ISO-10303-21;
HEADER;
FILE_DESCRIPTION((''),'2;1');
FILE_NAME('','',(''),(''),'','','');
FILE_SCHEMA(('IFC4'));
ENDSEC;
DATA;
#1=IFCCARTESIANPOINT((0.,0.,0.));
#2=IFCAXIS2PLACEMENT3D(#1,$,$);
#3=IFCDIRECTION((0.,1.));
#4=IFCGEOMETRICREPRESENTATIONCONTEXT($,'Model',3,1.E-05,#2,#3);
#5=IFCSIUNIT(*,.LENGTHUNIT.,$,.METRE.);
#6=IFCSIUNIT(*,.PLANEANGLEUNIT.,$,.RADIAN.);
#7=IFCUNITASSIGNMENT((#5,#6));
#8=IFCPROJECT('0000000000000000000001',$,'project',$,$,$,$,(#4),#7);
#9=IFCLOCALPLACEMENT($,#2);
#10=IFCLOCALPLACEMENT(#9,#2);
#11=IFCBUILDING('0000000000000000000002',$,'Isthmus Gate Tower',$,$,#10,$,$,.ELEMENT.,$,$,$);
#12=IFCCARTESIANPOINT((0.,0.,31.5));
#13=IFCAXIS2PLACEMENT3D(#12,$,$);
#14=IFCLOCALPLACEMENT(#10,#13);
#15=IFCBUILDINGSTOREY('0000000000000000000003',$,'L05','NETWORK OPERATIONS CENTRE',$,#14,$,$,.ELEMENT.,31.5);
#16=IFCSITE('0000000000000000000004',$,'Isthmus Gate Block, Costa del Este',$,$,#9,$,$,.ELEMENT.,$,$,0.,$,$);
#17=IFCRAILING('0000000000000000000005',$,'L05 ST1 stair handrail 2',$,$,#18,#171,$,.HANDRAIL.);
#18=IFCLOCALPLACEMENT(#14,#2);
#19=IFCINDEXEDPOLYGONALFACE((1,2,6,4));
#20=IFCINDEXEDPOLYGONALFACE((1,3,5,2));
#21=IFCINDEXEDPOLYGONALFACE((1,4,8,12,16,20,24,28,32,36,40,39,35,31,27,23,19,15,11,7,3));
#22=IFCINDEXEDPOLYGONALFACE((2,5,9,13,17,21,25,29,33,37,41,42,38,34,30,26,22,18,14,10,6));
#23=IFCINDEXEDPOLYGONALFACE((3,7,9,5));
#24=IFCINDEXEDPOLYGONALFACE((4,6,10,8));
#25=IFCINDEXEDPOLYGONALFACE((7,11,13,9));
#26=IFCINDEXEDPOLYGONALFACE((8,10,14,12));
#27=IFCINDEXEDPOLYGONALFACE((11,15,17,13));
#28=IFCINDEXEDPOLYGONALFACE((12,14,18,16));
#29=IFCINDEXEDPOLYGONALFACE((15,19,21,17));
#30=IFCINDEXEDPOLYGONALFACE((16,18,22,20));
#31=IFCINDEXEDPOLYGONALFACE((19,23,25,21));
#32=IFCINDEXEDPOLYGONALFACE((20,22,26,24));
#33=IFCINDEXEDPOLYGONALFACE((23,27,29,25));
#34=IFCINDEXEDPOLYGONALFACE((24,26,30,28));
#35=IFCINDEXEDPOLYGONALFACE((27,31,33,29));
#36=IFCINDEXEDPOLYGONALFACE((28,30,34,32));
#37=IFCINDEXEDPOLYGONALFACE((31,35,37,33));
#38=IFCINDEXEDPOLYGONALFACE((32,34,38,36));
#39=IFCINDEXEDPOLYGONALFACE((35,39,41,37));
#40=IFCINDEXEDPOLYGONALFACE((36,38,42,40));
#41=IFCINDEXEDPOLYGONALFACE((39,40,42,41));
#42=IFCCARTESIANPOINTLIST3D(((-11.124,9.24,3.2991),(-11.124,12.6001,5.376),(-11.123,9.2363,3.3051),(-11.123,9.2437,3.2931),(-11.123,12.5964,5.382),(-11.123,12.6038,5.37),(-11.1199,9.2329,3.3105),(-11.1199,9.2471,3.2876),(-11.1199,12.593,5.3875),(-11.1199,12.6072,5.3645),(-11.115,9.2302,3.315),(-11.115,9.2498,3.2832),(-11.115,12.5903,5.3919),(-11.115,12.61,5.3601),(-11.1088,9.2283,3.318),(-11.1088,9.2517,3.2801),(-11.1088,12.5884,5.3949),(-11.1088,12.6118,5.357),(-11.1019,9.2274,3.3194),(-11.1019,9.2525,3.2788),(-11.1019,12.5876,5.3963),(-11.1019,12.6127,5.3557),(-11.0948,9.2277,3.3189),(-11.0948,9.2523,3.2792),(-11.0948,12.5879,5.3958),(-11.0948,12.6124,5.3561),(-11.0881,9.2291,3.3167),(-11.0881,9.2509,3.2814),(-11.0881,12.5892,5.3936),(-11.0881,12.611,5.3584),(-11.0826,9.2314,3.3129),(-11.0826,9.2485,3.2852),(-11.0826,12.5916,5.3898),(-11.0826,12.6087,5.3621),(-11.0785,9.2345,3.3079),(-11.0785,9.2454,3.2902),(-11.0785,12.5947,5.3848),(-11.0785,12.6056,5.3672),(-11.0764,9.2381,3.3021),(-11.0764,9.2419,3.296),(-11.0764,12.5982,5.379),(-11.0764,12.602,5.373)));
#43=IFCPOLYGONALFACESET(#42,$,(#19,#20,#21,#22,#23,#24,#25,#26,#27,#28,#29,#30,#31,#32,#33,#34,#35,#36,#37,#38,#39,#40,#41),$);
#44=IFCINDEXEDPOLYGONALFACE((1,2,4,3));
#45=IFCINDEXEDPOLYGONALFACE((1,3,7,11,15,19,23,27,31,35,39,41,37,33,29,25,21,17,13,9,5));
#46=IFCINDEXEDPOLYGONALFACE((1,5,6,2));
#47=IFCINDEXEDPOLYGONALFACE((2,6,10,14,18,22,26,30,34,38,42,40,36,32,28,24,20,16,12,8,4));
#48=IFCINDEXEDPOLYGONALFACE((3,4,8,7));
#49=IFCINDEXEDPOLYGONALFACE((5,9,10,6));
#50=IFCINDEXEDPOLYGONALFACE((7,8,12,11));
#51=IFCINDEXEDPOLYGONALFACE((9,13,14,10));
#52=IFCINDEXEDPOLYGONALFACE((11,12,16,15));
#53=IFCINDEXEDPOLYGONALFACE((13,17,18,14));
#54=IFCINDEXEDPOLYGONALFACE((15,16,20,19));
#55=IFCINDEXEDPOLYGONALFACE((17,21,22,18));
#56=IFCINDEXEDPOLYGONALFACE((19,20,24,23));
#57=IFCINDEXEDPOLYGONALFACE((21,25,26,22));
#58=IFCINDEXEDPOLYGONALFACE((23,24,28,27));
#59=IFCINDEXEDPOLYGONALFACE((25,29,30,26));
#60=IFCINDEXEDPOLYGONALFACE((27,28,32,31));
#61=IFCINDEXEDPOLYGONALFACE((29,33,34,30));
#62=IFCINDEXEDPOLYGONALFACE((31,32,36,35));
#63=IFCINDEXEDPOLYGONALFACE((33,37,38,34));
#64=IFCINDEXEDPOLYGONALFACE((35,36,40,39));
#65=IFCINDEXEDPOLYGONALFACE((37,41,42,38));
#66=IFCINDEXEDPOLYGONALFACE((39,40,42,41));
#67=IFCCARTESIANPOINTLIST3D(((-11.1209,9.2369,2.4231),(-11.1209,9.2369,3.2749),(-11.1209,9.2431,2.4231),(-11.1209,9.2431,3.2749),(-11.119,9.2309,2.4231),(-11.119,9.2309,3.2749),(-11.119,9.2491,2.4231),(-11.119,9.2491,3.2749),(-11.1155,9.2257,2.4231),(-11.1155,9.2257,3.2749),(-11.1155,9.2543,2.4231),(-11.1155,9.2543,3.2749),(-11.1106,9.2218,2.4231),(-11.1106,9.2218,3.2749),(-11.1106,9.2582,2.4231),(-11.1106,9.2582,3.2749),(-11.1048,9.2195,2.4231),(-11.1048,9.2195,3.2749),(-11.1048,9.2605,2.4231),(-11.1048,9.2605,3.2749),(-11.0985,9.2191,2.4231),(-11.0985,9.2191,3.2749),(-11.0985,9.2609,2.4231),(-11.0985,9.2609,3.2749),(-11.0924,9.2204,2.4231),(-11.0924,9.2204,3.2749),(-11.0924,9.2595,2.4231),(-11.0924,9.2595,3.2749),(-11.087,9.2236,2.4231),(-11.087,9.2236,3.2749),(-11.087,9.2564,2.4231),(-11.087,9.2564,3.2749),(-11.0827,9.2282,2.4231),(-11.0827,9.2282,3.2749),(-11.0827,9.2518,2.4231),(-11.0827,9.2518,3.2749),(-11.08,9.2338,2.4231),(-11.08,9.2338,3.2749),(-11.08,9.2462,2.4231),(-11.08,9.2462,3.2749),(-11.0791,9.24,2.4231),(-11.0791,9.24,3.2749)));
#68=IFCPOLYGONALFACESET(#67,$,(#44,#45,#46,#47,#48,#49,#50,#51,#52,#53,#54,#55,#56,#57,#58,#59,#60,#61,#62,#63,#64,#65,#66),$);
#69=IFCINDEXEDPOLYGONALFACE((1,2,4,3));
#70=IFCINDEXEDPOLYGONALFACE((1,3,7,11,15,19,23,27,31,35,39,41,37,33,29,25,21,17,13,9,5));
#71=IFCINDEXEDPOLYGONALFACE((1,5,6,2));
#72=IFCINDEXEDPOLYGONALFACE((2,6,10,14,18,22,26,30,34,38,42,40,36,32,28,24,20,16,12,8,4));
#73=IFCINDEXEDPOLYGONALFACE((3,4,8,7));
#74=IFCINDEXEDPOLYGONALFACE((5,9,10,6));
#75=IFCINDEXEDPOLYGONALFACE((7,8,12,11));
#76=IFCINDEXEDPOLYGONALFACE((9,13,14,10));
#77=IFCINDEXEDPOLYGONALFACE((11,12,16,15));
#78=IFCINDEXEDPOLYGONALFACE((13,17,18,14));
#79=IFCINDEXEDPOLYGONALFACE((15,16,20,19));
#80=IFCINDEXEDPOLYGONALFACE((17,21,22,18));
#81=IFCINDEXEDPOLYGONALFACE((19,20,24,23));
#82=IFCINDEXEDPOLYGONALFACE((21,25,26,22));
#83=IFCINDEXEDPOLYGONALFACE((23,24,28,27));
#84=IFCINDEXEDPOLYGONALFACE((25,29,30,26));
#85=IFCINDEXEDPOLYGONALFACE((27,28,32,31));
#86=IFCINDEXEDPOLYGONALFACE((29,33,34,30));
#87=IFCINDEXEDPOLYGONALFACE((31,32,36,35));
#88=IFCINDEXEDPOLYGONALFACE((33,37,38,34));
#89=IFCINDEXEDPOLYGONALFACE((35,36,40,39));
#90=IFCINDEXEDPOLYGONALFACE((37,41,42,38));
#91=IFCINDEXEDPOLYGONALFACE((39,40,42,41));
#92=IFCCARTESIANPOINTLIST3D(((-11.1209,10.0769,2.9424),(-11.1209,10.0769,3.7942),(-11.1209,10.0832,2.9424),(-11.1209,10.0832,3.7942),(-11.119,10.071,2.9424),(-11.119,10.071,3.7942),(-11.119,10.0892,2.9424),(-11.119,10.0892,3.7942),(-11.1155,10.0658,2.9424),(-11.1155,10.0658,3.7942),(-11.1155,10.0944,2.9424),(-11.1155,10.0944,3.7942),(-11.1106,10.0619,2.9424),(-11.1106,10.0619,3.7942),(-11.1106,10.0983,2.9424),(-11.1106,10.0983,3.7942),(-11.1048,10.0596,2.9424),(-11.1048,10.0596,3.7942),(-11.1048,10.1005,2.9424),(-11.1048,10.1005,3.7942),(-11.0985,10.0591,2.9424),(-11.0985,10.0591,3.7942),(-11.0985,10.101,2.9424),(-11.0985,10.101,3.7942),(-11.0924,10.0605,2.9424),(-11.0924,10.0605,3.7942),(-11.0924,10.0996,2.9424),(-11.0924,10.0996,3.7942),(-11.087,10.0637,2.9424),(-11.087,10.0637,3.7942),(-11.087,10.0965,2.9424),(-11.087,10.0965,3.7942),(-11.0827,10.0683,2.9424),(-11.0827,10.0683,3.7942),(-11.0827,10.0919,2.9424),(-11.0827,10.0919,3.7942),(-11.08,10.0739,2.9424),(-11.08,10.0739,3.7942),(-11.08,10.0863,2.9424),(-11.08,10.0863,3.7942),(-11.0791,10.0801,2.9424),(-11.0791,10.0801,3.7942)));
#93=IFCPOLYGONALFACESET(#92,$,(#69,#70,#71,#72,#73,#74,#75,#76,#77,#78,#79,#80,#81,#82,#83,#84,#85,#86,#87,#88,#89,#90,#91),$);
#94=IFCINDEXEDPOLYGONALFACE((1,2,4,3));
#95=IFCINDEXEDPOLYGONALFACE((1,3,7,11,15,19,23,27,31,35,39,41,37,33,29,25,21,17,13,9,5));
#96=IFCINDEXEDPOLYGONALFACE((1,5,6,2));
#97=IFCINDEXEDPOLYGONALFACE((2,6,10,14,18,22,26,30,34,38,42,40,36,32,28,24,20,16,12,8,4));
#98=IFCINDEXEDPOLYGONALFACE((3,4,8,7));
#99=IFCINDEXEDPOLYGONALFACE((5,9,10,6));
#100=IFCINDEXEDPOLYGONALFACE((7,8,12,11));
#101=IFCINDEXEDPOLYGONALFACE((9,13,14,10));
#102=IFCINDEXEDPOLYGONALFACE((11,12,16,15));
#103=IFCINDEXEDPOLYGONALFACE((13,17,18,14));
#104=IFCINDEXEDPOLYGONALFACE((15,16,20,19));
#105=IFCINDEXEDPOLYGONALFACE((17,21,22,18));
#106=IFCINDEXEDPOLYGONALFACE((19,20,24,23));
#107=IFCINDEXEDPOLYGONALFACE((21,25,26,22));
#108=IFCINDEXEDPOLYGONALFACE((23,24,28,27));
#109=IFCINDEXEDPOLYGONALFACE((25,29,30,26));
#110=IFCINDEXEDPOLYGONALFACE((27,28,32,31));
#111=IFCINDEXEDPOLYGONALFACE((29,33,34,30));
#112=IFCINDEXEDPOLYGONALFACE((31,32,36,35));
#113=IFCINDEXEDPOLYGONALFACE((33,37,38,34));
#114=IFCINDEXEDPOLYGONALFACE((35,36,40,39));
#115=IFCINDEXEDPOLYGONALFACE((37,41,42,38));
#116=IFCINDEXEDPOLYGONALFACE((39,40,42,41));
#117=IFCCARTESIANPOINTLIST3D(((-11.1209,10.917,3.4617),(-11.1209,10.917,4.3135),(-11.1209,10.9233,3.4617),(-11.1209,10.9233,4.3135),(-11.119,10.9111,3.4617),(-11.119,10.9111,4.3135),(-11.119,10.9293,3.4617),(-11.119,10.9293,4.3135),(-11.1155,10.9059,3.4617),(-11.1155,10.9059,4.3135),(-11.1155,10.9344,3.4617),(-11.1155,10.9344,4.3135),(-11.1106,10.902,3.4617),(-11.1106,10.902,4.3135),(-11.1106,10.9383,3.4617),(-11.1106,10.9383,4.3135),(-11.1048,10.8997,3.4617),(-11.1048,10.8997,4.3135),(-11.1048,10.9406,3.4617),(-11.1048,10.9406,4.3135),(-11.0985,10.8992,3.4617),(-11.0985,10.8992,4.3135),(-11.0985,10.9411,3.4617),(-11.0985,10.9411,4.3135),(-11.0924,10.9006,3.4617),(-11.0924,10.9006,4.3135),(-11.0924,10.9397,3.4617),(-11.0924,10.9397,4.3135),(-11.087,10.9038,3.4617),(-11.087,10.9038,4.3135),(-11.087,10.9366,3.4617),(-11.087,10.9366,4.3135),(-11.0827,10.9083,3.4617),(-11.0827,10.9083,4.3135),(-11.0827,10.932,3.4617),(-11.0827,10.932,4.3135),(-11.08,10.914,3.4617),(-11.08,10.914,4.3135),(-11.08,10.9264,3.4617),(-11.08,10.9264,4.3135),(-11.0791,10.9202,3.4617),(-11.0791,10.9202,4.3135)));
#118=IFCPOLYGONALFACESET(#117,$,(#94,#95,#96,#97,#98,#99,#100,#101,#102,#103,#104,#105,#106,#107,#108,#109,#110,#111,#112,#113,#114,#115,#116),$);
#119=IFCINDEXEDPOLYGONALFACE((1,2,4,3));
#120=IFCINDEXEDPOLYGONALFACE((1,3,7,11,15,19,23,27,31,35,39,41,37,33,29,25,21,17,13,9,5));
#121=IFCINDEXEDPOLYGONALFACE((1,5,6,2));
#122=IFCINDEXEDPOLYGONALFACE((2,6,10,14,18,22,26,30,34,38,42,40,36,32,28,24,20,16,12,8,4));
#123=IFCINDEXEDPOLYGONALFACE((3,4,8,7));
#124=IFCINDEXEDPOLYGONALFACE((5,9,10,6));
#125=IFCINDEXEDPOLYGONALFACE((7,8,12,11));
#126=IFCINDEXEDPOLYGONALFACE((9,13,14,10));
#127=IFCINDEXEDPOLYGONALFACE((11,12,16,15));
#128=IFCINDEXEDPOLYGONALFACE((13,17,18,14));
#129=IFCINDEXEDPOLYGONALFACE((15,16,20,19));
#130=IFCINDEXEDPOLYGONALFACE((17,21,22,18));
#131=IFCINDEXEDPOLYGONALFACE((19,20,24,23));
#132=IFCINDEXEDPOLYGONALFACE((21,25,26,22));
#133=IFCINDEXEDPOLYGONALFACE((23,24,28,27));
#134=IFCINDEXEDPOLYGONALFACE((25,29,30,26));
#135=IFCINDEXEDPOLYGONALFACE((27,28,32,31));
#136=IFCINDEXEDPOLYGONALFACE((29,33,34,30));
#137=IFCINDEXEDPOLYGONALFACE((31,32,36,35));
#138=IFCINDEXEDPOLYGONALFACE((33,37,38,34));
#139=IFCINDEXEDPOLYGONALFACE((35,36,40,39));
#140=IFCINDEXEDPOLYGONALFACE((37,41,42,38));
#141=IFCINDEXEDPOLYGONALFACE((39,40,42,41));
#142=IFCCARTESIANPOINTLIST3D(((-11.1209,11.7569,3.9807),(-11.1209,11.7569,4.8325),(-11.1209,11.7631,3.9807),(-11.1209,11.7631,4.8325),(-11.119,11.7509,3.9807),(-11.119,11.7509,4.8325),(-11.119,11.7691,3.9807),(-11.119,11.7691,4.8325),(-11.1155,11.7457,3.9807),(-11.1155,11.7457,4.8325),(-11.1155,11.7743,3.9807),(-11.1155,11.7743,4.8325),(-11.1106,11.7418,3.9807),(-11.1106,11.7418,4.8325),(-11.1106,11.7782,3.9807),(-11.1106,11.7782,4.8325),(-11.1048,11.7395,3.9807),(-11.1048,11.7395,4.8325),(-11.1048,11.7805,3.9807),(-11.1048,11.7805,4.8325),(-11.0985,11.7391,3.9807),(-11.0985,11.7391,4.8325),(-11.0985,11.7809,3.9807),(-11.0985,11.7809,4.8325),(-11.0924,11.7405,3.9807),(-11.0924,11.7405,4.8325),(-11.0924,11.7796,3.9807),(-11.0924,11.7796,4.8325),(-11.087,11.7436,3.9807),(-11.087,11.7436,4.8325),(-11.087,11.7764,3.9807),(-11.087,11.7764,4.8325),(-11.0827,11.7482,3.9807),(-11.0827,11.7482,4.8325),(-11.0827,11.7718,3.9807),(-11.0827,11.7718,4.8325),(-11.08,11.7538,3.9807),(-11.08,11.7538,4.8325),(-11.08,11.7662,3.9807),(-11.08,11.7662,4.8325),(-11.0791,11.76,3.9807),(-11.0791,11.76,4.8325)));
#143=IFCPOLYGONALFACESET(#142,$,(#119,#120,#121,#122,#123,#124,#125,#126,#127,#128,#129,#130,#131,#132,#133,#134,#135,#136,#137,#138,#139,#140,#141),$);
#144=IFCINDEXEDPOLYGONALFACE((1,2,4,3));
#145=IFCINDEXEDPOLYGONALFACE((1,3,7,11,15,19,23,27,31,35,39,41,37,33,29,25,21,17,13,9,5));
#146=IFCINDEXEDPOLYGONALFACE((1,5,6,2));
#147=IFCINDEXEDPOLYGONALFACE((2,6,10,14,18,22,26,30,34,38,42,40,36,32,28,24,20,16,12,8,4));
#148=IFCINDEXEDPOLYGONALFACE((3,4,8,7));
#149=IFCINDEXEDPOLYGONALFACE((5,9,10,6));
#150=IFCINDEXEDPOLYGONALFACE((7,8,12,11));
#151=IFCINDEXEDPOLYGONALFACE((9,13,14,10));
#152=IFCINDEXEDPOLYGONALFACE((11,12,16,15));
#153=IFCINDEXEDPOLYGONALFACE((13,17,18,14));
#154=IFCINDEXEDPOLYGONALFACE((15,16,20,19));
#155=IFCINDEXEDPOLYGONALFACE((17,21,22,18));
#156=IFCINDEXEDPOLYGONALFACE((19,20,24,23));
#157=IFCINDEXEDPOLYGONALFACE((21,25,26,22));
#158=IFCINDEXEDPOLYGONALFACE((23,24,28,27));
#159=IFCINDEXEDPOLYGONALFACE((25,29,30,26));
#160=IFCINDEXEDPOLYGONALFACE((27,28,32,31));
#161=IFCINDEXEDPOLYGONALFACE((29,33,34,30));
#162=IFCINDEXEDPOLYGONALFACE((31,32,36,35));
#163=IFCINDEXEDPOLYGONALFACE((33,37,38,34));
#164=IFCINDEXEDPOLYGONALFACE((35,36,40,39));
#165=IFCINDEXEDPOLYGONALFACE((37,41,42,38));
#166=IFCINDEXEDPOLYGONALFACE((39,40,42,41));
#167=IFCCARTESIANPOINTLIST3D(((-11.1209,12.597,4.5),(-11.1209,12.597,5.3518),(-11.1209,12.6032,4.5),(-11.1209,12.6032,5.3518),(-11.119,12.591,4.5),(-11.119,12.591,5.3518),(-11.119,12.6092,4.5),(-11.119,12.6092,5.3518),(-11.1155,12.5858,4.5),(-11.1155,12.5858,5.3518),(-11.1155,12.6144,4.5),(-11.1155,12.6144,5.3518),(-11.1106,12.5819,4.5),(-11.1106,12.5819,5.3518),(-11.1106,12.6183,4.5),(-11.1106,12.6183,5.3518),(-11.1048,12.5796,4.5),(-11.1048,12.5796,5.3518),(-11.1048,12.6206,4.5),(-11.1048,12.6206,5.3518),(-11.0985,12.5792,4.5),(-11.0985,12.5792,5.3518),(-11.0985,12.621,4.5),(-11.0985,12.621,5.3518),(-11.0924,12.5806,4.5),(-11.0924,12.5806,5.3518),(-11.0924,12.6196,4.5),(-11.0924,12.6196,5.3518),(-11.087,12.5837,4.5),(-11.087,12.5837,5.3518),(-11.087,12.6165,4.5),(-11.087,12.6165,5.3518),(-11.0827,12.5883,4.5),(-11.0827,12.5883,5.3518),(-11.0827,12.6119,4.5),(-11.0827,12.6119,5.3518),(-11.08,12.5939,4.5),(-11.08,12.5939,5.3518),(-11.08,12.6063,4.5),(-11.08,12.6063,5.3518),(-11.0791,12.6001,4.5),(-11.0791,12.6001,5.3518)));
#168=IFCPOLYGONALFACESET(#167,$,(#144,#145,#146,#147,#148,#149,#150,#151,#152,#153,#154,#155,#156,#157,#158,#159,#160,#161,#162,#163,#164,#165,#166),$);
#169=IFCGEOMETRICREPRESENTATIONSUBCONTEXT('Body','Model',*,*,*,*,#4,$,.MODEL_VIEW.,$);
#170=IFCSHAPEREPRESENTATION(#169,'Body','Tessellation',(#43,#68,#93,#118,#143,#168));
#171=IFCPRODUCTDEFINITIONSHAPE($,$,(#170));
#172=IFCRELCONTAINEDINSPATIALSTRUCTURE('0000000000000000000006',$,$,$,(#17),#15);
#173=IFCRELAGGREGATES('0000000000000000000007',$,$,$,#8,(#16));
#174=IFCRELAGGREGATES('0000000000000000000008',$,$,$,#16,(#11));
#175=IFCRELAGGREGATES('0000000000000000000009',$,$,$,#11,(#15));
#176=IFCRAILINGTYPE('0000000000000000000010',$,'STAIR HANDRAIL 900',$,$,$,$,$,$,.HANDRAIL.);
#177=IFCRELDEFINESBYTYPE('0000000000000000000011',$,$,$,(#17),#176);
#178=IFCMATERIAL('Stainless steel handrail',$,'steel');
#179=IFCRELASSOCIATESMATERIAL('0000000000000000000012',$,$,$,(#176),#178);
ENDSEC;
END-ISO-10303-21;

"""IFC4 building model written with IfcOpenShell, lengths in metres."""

from ifc_helpers import new_model, si_unit, direction, frame, origin, origin_2d, place, context, subcontext, project, spatial, circle, extrude, material, type_object, element, save


model = new_model("IFC4")

# Units and contexts
model_context = context("Model", 3, precision=1e-05, world=origin(), true_north=direction((0.0, 1.0)))
body_context = subcontext(model_context, "Body", "Model", "MODEL_VIEW")
ifc_project = project(units=[si_unit("LENGTHUNIT", "METRE"), si_unit("PLANEANGLEUNIT", "RADIAN")], contexts=[model_context])

# Site, building, storey
site_placement = place(None, origin())
site = spatial("IfcSite", under=ifc_project, at=site_placement, Name="Isthmus Gate Block, Costa del Este", CompositionType="ELEMENT", RefElevation=0.0)
building_placement = place(site_placement, origin())
building = spatial("IfcBuilding", under=site, at=building_placement, Name="Isthmus Gate Tower", CompositionType="ELEMENT")
storey_placement = place(building_placement, frame((0.0, 0.0, 31.5)))
storey = spatial("IfcBuildingStorey", under=building, at=storey_placement, Name="L05", Description="NETWORK OPERATIONS CENTRE", CompositionType="ELEMENT", Elevation=31.5)

# Railing
ifc_material_1 = material(Name="Stainless steel handrail", Category="steel")
railing_type_1 = type_object("IfcRailingType", Name="STAIR HANDRAIL 900", PredefinedType="HANDRAIL", material=ifc_material_1)
railing_1_placement = place(storey_placement, frame((-11.1001, 9.24, 2.4231)))
element("IfcRailing", 1, at=railing_1_placement, inside=storey, type_object=railing_type_1, Name="L05 ST1 stair handrail 2", PredefinedType="HANDRAIL", context=body_context, shape_type="SweptSolid", body=[
    extrude(circle(Radius=0.0239, at=origin_2d()), frame((0.0, 0.0, 0.876), z_axis=(0.0, 0.850623, 0.525776), x_axis=(-1.0, 0.0, 0.0)), (0.0, 0.0, 1.0), 3.9502),
    extrude(circle(Radius=0.021, at=origin_2d()), origin(), (0.0, 0.0, 1.0), 0.8518),
    extrude(circle(Radius=0.021, at=origin_2d()), frame((0.0, 0.8401, 0.5193)), (0.0, 0.0, 1.0), 0.8518),
    extrude(circle(Radius=0.021, at=origin_2d()), frame((0.0, 1.6802, 1.0386)), (0.0, 0.0, 1.0), 0.8518),
    extrude(circle(Radius=0.021, at=origin_2d()), frame((0.0, 2.52, 1.5576)), (0.0, 0.0, 1.0), 0.8518),
    extrude(circle(Radius=0.021, at=origin_2d()), frame((0.0, 3.3601, 2.0769)), (0.0, 0.0, 1.0), 0.8518),
])

save(model, "model.ifc")
